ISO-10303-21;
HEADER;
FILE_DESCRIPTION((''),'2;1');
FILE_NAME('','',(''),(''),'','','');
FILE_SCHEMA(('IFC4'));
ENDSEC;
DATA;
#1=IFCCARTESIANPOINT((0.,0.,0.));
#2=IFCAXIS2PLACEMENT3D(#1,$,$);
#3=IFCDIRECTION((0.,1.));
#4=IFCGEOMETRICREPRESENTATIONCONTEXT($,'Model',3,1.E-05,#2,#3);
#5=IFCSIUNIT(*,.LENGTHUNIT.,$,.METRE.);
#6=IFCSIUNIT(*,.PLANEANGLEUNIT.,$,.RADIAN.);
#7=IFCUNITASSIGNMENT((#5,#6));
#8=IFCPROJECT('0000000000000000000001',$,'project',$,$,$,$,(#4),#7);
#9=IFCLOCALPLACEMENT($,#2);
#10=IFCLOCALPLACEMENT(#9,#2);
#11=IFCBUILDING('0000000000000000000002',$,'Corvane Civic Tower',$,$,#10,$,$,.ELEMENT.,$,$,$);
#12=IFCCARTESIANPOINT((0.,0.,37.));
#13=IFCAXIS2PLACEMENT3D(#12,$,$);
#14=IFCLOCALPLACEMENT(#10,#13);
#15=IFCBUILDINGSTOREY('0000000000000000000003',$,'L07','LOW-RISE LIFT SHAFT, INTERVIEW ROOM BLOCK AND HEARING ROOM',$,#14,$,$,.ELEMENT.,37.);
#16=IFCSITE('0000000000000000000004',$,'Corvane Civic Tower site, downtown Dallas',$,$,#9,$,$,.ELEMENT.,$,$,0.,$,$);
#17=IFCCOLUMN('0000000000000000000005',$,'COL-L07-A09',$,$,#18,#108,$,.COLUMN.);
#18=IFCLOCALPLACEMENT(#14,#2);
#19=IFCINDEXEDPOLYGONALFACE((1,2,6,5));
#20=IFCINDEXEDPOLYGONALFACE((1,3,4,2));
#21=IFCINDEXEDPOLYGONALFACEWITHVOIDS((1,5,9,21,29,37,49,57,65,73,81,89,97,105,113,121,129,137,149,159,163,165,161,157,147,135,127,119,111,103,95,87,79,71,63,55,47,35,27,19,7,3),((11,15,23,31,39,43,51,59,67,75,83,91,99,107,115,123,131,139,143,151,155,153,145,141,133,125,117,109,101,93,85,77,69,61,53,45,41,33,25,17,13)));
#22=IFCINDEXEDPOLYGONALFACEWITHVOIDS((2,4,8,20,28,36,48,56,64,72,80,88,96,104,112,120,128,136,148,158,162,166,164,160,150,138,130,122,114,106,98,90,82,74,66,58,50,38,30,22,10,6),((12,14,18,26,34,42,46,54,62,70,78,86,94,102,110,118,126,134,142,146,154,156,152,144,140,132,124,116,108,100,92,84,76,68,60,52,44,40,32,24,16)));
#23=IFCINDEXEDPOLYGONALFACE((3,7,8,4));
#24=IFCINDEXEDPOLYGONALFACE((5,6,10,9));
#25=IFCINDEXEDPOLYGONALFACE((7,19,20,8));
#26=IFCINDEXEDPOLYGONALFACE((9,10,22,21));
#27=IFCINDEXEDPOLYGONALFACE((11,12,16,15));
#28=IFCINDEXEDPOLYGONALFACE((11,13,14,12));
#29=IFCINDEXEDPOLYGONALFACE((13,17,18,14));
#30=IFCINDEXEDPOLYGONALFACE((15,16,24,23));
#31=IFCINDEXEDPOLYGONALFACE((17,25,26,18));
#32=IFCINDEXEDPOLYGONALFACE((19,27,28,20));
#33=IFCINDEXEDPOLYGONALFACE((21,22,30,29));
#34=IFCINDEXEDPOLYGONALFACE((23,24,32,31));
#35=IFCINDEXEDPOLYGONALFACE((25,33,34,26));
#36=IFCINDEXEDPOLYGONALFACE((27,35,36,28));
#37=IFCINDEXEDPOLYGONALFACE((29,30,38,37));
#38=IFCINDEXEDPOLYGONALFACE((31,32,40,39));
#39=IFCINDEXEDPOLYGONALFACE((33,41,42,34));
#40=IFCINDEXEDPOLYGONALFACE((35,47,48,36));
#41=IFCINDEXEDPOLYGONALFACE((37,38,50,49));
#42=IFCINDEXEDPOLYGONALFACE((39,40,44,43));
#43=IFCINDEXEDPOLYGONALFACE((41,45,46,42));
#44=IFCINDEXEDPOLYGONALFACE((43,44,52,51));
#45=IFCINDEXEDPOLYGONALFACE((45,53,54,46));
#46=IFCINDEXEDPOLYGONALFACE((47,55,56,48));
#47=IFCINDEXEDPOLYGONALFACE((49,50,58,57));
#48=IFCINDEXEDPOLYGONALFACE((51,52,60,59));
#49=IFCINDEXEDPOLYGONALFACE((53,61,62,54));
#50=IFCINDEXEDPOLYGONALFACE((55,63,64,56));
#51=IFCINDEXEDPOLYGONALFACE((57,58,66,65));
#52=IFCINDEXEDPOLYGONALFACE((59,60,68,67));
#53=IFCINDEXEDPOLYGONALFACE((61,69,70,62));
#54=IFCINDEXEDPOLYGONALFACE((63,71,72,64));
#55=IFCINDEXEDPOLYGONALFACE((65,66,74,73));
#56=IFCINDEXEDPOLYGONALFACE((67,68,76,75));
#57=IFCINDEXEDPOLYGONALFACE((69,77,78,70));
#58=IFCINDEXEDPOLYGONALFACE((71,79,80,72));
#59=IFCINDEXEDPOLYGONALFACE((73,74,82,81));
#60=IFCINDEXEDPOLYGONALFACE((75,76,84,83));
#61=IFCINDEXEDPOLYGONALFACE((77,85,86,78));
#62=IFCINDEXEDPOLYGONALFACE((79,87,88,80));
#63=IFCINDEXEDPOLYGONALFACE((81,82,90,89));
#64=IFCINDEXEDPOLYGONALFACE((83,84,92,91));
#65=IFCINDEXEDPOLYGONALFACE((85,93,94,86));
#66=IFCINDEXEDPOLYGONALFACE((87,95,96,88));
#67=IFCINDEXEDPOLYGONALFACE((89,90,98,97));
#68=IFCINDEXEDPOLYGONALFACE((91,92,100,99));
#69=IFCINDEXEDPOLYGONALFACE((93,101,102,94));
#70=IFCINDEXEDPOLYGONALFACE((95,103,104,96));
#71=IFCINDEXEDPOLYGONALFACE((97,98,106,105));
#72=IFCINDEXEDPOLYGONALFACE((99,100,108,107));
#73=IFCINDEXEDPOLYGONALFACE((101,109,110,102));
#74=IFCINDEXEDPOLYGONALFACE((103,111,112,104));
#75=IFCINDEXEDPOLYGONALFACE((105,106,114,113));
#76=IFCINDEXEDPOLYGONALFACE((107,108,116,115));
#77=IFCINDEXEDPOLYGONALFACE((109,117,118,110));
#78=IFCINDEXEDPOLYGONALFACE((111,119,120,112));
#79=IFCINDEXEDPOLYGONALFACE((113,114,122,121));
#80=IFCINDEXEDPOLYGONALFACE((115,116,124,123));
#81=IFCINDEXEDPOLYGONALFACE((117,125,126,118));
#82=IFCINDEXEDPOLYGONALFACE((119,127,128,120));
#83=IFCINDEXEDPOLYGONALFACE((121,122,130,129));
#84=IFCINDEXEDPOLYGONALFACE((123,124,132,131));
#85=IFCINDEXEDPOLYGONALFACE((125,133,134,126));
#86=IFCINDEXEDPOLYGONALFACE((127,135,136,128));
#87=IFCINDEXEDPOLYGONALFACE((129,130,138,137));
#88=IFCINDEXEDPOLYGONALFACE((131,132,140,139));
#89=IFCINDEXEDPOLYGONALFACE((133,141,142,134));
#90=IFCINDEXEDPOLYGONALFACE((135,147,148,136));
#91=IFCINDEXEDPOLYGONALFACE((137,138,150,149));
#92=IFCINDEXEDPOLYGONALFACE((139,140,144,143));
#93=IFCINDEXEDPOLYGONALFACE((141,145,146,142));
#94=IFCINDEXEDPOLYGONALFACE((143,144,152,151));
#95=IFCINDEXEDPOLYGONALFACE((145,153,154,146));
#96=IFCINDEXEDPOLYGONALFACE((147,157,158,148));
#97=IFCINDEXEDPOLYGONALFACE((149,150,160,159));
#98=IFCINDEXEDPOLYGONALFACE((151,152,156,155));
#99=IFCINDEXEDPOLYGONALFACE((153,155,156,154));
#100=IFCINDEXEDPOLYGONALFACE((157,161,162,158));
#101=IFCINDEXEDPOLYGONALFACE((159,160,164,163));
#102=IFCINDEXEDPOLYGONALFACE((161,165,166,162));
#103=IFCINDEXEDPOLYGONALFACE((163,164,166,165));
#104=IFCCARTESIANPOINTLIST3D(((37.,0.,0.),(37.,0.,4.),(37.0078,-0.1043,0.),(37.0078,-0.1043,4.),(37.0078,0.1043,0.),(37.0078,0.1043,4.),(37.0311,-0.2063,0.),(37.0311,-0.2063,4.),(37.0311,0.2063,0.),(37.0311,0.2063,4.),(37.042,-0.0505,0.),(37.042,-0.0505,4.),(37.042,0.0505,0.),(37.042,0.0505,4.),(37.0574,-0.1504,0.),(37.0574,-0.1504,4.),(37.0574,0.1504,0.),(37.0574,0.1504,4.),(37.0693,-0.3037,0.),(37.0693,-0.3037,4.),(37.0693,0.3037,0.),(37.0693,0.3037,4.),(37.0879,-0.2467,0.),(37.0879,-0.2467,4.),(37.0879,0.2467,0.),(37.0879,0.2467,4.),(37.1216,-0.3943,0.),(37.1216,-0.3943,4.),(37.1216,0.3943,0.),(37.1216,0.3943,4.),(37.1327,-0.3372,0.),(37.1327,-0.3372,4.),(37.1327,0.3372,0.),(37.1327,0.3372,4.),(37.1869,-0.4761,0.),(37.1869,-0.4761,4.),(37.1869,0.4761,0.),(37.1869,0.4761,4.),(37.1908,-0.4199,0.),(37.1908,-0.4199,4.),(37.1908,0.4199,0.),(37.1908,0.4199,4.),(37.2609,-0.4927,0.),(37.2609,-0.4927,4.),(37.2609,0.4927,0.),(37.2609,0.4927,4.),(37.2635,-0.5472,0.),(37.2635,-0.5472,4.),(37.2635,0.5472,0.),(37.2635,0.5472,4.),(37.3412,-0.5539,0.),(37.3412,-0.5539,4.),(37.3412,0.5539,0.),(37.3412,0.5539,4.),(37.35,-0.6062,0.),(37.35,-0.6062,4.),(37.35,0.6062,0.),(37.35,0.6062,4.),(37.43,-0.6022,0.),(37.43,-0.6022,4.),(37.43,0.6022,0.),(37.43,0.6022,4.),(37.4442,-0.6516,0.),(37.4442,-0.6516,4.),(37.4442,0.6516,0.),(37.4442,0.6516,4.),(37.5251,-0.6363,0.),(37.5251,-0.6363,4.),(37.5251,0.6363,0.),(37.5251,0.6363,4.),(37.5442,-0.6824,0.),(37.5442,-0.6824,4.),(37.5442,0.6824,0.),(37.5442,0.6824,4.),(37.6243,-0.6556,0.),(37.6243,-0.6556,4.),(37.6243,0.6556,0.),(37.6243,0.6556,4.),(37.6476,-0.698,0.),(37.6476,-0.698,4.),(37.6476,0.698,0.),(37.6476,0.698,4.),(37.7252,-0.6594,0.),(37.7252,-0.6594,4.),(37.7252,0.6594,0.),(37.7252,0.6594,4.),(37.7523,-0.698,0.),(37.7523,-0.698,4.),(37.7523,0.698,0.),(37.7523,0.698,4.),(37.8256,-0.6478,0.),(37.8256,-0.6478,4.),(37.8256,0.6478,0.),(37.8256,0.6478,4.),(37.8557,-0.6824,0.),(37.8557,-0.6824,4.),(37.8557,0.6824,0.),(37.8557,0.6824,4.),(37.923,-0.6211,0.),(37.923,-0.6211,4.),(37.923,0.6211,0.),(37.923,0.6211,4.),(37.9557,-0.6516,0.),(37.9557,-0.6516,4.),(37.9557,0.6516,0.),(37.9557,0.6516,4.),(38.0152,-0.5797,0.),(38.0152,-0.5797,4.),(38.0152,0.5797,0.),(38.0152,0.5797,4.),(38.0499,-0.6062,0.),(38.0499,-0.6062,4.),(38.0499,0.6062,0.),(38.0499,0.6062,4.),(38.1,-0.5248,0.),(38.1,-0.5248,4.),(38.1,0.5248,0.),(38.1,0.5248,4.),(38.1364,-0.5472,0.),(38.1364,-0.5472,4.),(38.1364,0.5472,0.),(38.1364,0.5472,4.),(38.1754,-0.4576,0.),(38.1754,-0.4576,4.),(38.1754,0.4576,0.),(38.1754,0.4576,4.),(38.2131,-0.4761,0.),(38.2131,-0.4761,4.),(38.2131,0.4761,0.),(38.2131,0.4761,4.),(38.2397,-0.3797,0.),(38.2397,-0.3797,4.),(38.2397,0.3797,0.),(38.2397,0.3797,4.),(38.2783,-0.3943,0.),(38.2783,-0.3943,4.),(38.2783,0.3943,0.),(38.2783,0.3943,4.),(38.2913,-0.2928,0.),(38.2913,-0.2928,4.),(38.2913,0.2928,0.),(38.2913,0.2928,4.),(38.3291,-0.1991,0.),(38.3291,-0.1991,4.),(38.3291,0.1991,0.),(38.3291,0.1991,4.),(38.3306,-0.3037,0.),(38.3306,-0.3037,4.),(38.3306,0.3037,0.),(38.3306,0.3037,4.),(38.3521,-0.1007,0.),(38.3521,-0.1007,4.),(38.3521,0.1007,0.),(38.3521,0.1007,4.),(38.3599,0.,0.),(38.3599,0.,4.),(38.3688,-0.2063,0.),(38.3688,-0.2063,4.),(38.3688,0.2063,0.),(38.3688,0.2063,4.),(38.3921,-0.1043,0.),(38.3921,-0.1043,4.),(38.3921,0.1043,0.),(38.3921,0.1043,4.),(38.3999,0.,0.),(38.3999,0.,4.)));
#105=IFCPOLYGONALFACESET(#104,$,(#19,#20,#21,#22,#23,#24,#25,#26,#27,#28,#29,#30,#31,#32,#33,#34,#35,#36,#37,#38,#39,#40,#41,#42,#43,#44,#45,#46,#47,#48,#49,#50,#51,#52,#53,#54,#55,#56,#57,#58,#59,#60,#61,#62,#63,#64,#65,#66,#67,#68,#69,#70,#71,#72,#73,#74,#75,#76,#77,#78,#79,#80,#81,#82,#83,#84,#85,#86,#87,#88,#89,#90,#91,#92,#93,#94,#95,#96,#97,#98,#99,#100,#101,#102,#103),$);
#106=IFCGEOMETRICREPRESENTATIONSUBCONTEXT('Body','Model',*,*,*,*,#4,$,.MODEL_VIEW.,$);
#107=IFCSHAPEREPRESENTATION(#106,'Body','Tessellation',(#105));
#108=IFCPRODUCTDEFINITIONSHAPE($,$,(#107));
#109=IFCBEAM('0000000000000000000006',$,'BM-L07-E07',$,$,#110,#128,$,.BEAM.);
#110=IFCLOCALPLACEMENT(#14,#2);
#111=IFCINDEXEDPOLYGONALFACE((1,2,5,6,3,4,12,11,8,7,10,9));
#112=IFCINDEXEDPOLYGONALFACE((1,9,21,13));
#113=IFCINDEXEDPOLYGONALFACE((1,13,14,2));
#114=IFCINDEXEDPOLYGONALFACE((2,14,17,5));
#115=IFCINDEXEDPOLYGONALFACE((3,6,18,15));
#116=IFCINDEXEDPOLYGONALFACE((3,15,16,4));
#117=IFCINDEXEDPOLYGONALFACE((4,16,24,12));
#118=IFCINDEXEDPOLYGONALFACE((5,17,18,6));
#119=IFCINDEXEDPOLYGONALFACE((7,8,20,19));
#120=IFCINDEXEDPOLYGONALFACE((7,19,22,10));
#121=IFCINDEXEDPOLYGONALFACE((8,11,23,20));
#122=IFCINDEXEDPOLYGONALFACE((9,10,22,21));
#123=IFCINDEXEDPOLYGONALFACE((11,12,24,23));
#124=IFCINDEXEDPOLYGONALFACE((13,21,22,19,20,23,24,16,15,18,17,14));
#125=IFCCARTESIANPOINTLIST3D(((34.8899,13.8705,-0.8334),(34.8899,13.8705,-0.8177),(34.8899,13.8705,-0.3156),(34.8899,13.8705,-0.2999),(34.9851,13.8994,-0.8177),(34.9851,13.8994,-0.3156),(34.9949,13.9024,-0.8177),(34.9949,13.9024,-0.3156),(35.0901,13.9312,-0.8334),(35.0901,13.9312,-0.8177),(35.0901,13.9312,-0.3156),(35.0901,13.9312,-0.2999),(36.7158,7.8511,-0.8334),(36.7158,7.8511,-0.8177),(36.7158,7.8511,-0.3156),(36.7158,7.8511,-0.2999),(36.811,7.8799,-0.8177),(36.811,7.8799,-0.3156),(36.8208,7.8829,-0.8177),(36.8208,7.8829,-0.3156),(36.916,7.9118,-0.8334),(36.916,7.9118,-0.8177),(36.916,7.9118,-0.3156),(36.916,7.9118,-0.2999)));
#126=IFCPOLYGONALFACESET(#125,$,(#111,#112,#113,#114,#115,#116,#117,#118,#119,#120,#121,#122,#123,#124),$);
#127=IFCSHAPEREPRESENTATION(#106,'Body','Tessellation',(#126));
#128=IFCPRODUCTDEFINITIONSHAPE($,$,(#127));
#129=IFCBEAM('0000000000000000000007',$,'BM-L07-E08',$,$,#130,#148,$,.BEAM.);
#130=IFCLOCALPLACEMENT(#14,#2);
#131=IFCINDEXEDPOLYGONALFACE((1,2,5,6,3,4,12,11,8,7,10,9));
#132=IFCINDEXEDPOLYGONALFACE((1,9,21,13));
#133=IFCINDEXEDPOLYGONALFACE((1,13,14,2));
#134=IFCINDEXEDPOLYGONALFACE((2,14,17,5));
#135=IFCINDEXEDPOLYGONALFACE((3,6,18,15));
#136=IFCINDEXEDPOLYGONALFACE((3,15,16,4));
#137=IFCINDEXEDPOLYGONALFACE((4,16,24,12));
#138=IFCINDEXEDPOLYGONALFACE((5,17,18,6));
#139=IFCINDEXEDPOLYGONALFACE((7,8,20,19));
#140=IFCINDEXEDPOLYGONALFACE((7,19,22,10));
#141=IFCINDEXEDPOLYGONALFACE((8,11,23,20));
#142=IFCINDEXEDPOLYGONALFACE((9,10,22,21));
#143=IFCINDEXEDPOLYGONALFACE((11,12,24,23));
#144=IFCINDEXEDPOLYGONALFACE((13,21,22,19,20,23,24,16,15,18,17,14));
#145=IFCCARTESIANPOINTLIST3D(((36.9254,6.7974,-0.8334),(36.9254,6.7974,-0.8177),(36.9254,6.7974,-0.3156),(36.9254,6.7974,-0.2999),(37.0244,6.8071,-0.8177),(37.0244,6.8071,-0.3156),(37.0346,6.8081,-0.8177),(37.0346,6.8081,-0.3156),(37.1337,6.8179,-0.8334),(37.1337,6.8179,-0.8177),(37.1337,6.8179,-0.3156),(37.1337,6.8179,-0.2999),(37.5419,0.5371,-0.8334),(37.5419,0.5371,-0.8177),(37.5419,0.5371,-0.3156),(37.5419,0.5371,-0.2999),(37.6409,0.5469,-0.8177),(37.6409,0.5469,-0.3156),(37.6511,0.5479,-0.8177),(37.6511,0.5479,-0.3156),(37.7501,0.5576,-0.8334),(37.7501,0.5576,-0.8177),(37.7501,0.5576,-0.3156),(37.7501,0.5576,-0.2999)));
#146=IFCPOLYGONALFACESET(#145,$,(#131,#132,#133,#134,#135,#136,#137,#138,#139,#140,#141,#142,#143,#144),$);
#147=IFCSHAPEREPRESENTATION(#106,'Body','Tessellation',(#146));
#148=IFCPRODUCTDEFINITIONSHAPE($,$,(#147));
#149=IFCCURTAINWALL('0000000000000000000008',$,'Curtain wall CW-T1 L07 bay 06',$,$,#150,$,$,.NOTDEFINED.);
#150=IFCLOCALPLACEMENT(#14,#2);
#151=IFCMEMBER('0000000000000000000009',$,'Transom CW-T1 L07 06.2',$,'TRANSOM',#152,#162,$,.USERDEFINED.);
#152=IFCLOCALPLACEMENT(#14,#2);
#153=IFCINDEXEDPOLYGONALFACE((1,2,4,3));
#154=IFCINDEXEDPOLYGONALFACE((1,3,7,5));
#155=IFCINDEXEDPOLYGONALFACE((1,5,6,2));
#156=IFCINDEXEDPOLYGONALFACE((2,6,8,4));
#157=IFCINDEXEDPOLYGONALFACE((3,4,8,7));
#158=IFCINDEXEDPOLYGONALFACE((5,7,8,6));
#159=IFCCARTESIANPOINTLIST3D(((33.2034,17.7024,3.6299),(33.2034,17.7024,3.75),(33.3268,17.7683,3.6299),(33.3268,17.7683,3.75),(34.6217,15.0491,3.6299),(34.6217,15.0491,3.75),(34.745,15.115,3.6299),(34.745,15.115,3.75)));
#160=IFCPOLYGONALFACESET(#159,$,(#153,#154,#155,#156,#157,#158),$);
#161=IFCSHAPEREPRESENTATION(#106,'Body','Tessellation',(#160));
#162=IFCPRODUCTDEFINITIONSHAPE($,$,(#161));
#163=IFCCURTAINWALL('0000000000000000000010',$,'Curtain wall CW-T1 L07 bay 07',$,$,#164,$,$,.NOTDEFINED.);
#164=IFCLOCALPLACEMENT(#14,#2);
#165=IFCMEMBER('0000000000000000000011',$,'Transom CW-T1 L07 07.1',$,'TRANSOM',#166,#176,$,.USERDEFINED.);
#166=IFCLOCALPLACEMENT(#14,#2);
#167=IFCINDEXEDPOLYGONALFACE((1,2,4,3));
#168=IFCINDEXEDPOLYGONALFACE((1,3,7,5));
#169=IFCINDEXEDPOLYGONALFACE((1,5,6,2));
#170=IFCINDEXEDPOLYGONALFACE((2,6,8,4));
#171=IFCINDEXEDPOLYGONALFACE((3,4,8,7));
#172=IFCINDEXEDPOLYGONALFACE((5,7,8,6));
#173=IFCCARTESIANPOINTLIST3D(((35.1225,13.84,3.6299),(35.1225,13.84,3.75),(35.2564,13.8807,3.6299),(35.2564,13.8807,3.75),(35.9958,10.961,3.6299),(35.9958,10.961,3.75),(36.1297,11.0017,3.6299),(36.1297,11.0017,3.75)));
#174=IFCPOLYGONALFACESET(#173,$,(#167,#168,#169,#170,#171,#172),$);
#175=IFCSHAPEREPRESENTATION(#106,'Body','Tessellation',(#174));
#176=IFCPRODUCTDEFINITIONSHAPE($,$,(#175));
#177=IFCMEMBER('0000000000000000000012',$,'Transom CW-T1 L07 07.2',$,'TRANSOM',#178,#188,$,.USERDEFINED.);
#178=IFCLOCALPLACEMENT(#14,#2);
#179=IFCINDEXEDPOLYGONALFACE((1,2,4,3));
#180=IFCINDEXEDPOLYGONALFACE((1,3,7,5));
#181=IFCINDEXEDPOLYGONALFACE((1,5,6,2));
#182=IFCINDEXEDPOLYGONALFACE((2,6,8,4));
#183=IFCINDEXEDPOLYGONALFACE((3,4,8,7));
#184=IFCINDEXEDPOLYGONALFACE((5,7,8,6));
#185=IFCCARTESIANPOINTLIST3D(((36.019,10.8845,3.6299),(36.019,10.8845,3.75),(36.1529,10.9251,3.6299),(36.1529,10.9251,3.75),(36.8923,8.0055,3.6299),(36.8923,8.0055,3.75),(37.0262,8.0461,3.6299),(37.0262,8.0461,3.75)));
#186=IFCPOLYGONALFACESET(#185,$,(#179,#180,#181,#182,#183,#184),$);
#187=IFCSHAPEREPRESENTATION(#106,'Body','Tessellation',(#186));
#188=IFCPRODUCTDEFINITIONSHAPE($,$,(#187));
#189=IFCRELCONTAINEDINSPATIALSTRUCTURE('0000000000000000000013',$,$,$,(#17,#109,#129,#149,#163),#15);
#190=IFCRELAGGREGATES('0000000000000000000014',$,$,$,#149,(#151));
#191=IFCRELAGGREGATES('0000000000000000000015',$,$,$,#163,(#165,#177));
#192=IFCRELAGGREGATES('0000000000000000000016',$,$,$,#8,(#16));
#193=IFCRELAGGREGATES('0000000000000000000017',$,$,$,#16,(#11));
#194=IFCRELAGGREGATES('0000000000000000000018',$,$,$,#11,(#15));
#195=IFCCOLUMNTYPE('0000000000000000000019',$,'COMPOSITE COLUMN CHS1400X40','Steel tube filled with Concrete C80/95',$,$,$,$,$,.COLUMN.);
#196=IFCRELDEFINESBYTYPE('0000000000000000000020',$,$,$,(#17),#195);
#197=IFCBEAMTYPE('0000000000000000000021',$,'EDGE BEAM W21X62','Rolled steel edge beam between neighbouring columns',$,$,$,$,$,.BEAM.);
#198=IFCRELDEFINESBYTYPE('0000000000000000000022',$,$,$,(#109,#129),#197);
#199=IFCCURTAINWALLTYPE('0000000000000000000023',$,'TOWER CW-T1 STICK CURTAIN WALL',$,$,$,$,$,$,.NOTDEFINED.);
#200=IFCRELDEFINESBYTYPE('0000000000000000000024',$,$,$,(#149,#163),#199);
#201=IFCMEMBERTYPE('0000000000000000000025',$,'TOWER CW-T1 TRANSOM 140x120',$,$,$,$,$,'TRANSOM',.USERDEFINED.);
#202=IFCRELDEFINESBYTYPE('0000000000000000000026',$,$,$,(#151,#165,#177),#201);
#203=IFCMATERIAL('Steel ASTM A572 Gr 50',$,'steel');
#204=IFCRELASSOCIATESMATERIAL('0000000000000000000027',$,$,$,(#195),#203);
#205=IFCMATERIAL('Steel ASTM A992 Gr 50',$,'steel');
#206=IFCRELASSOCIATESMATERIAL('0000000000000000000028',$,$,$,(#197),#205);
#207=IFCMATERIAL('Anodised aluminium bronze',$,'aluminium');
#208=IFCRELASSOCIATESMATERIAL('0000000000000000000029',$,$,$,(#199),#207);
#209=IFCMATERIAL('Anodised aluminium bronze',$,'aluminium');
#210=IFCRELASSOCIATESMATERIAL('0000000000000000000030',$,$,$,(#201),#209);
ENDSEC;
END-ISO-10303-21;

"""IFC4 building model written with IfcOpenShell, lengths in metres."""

from ifc_helpers import new_model, si_unit, direction, frame, origin, origin_2d, place, context, subcontext, project, spatial, rectangle, hollow_circle, i_section, extrude, material, material_profile, profile_set, type_object, element, aggregate, save


model = new_model("IFC4")

# Units and contexts
model_context = context("Model", 3, precision=1e-05, world=origin(), true_north=direction((0.0, 1.0)))
body_context = subcontext(model_context, "Body", "Model", "MODEL_VIEW")
ifc_project = project(units=[si_unit("LENGTHUNIT", "METRE"), si_unit("PLANEANGLEUNIT", "RADIAN")], contexts=[model_context])

# Site, building, storey
site_placement = place(None, origin())
site = spatial("IfcSite", under=ifc_project, at=site_placement, Name="Corvane Civic Tower site, downtown Dallas", CompositionType="ELEMENT", RefElevation=0.0)
building_placement = place(site_placement, origin())
building = spatial("IfcBuilding", under=site, at=building_placement, Name="Corvane Civic Tower", CompositionType="ELEMENT")
storey_placement = place(building_placement, frame((0.0, 0.0, 37.0)))
storey = spatial("IfcBuildingStorey", under=building, at=storey_placement, Name="L07", Description="LOW-RISE LIFT SHAFT, INTERVIEW ROOM BLOCK AND HEARING ROOM", CompositionType="ELEMENT", Elevation=37.0)

# Column
ifc_material_1 = material(Name="Steel ASTM A572 Gr 50", Category="steel")
ifc_material_profile_1 = material_profile(ifc_material_1, hollow_circle(Radius=0.7, WallThickness=0.04, at=origin_2d()), Name="CHS1400X40")
ifc_profile_set_1 = profile_set([ifc_material_profile_1], Name="Steel ASTM A572 Gr 50")
column_type = type_object("IfcColumnType", Name="COMPOSITE COLUMN CHS1400X40", Description="Steel tube filled with Concrete C80/95", PredefinedType="COLUMN", material=ifc_profile_set_1)
for number, where, z_axis, x_axis, name in (
    (1, (37.7, 0.0, 0.0), (0.0, 0.0, 1.0), (1.0, 0.0, 0.0), "COL-L07-A09"),
):
    element("IfcColumn", number, at=place(storey_placement, frame(where, z_axis=z_axis, x_axis=x_axis)), inside=storey, type_object=column_type, Name=name, PredefinedType="COLUMN", context=body_context, shape_type="SweptSolid", body=[
        extrude(hollow_circle(Radius=0.7, WallThickness=0.04, at=origin_2d()), origin(), (0.0, 0.0, 1.0), 4.0),
    ])

# Beams
ifc_material_2 = material(Name="Steel ASTM A992 Gr 50", Category="steel")
ifc_material_profile_2 = material_profile(ifc_material_2, i_section(OverallWidth=0.2092, OverallDepth=0.5334, WebThickness=0.0103, FlangeThickness=0.0156, at=origin_2d()), Name="W21X62")
ifc_profile_set_2 = profile_set([ifc_material_profile_2], Name="Steel ASTM A992 Gr 50")
beam_type = type_object("IfcBeamType", Name="EDGE BEAM W21X62", Description="Rolled steel edge beam between neighbouring columns", PredefinedType="BEAM", material=ifc_profile_set_2)
beam_1_placement = place(storey_placement, frame((34.99, 13.9009, -0.5667), z_axis=(0.290273, -0.956944, 0.0), x_axis=(0.956944, 0.290273, 0.0)))
element("IfcBeam", 2, at=beam_1_placement, inside=storey, type_object=beam_type, Name="BM-L07-E07", PredefinedType="BEAM", context=body_context, shape_type="SweptSolid", body=[
    extrude(i_section(OverallWidth=0.2092, OverallDepth=0.5334, WebThickness=0.0103, FlangeThickness=0.0156, at=origin_2d()), origin(), (0.0, 0.0, 1.0), 6.2903),
])
beam_2_placement = place(storey_placement, frame((37.0295, 6.8076, -0.5667), z_axis=(0.097997, -0.995187, 0.0), x_axis=(0.995187, 0.097997, 0.0)))
element("IfcBeam", 3, at=beam_2_placement, inside=storey, type_object=beam_type, Name="BM-L07-E08", PredefinedType="BEAM", context=body_context, shape_type="SweptSolid", body=[
    extrude(i_section(OverallWidth=0.2092, OverallDepth=0.5334, WebThickness=0.0103, FlangeThickness=0.0156, at=origin_2d()), origin(), (0.0, 0.0, 1.0), 6.2905),
])

# Curtain wall, member
ifc_material_3 = material(Name="Anodised aluminium bronze", Category="aluminium")
curtain_wall_type = type_object("IfcCurtainWallType", Name="TOWER CW-T1 STICK CURTAIN WALL", PredefinedType="NOTDEFINED", material=ifc_material_3)
curtain_wall_1_placement = place(storey_placement, origin())
curtain_wall_1 = element("IfcCurtainWall", 4, at=curtain_wall_1_placement, inside=storey, type_object=curtain_wall_type, Name="Curtain wall CW-T1 L07 bay 06", PredefinedType="NOTDEFINED")
ifc_material_4 = material(Name="Anodised aluminium bronze", Category="aluminium")
ifc_material_profile_3 = material_profile(ifc_material_4, rectangle(XDim=0.1399, YDim=0.1201, at=origin_2d()), Name="TOWER CW-T1 TRANSOM 140x120")
ifc_profile_set_3 = profile_set([ifc_material_profile_3], Name="Anodised aluminium bronze")
member_type_1 = type_object("IfcMemberType", Name="TOWER CW-T1 TRANSOM 140x120", ElementType="TRANSOM", PredefinedType="USERDEFINED", material=ifc_profile_set_3)
member_1_placement = place(storey_placement, frame((33.2651, 17.7354, 3.6899), z_axis=(0.471393, -0.881924, 0.0), x_axis=(0.881924, 0.471393, 0.0)))
member_1 = element("IfcMember", 5, at=member_1_placement, type_object=member_type_1, Name="Transom CW-T1 L07 06.2", ObjectType="TRANSOM", PredefinedType="USERDEFINED", context=body_context, shape_type="SweptSolid", body=[
    extrude(rectangle(XDim=0.1399, YDim=0.1201, at=origin_2d()), origin(), (0.0, 0.0, 1.0), 3.0085),
])

# Curtain wall, members
curtain_wall_2_placement = place(storey_placement, origin())
curtain_wall_2 = element("IfcCurtainWall", 6, at=curtain_wall_2_placement, inside=storey, type_object=curtain_wall_type, Name="Curtain wall CW-T1 L07 bay 07", PredefinedType="NOTDEFINED")
member_2_placement = place(storey_placement, frame((35.1895, 13.8604, 3.6899), z_axis=(0.29028, -0.956942, 0.0), x_axis=(0.956942, 0.29028, 0.0)))
member_2 = element("IfcMember", 7, at=member_2_placement, type_object=member_type_1, Name="Transom CW-T1 L07 07.1", ObjectType="TRANSOM", PredefinedType="USERDEFINED", context=body_context, shape_type="SweptSolid", body=[
    extrude(rectangle(XDim=0.1399, YDim=0.1201, at=origin_2d()), origin(), (0.0, 0.0, 1.0), 3.0085),
])
member_3_placement = place(storey_placement, frame((36.0859, 10.9048, 3.6899), z_axis=(0.29028, -0.956942, 0.0), x_axis=(0.956942, 0.29028, 0.0)))
member_3 = element("IfcMember", 8, at=member_3_placement, type_object=member_type_1, Name="Transom CW-T1 L07 07.2", ObjectType="TRANSOM", PredefinedType="USERDEFINED", context=body_context, shape_type="SweptSolid", body=[
    extrude(rectangle(XDim=0.1399, YDim=0.1201, at=origin_2d()), origin(), (0.0, 0.0, 1.0), 3.0085),
])

aggregate(curtain_wall_1, [member_1])
aggregate(curtain_wall_2, [member_2, member_3])

save(model, "model.ifc")
